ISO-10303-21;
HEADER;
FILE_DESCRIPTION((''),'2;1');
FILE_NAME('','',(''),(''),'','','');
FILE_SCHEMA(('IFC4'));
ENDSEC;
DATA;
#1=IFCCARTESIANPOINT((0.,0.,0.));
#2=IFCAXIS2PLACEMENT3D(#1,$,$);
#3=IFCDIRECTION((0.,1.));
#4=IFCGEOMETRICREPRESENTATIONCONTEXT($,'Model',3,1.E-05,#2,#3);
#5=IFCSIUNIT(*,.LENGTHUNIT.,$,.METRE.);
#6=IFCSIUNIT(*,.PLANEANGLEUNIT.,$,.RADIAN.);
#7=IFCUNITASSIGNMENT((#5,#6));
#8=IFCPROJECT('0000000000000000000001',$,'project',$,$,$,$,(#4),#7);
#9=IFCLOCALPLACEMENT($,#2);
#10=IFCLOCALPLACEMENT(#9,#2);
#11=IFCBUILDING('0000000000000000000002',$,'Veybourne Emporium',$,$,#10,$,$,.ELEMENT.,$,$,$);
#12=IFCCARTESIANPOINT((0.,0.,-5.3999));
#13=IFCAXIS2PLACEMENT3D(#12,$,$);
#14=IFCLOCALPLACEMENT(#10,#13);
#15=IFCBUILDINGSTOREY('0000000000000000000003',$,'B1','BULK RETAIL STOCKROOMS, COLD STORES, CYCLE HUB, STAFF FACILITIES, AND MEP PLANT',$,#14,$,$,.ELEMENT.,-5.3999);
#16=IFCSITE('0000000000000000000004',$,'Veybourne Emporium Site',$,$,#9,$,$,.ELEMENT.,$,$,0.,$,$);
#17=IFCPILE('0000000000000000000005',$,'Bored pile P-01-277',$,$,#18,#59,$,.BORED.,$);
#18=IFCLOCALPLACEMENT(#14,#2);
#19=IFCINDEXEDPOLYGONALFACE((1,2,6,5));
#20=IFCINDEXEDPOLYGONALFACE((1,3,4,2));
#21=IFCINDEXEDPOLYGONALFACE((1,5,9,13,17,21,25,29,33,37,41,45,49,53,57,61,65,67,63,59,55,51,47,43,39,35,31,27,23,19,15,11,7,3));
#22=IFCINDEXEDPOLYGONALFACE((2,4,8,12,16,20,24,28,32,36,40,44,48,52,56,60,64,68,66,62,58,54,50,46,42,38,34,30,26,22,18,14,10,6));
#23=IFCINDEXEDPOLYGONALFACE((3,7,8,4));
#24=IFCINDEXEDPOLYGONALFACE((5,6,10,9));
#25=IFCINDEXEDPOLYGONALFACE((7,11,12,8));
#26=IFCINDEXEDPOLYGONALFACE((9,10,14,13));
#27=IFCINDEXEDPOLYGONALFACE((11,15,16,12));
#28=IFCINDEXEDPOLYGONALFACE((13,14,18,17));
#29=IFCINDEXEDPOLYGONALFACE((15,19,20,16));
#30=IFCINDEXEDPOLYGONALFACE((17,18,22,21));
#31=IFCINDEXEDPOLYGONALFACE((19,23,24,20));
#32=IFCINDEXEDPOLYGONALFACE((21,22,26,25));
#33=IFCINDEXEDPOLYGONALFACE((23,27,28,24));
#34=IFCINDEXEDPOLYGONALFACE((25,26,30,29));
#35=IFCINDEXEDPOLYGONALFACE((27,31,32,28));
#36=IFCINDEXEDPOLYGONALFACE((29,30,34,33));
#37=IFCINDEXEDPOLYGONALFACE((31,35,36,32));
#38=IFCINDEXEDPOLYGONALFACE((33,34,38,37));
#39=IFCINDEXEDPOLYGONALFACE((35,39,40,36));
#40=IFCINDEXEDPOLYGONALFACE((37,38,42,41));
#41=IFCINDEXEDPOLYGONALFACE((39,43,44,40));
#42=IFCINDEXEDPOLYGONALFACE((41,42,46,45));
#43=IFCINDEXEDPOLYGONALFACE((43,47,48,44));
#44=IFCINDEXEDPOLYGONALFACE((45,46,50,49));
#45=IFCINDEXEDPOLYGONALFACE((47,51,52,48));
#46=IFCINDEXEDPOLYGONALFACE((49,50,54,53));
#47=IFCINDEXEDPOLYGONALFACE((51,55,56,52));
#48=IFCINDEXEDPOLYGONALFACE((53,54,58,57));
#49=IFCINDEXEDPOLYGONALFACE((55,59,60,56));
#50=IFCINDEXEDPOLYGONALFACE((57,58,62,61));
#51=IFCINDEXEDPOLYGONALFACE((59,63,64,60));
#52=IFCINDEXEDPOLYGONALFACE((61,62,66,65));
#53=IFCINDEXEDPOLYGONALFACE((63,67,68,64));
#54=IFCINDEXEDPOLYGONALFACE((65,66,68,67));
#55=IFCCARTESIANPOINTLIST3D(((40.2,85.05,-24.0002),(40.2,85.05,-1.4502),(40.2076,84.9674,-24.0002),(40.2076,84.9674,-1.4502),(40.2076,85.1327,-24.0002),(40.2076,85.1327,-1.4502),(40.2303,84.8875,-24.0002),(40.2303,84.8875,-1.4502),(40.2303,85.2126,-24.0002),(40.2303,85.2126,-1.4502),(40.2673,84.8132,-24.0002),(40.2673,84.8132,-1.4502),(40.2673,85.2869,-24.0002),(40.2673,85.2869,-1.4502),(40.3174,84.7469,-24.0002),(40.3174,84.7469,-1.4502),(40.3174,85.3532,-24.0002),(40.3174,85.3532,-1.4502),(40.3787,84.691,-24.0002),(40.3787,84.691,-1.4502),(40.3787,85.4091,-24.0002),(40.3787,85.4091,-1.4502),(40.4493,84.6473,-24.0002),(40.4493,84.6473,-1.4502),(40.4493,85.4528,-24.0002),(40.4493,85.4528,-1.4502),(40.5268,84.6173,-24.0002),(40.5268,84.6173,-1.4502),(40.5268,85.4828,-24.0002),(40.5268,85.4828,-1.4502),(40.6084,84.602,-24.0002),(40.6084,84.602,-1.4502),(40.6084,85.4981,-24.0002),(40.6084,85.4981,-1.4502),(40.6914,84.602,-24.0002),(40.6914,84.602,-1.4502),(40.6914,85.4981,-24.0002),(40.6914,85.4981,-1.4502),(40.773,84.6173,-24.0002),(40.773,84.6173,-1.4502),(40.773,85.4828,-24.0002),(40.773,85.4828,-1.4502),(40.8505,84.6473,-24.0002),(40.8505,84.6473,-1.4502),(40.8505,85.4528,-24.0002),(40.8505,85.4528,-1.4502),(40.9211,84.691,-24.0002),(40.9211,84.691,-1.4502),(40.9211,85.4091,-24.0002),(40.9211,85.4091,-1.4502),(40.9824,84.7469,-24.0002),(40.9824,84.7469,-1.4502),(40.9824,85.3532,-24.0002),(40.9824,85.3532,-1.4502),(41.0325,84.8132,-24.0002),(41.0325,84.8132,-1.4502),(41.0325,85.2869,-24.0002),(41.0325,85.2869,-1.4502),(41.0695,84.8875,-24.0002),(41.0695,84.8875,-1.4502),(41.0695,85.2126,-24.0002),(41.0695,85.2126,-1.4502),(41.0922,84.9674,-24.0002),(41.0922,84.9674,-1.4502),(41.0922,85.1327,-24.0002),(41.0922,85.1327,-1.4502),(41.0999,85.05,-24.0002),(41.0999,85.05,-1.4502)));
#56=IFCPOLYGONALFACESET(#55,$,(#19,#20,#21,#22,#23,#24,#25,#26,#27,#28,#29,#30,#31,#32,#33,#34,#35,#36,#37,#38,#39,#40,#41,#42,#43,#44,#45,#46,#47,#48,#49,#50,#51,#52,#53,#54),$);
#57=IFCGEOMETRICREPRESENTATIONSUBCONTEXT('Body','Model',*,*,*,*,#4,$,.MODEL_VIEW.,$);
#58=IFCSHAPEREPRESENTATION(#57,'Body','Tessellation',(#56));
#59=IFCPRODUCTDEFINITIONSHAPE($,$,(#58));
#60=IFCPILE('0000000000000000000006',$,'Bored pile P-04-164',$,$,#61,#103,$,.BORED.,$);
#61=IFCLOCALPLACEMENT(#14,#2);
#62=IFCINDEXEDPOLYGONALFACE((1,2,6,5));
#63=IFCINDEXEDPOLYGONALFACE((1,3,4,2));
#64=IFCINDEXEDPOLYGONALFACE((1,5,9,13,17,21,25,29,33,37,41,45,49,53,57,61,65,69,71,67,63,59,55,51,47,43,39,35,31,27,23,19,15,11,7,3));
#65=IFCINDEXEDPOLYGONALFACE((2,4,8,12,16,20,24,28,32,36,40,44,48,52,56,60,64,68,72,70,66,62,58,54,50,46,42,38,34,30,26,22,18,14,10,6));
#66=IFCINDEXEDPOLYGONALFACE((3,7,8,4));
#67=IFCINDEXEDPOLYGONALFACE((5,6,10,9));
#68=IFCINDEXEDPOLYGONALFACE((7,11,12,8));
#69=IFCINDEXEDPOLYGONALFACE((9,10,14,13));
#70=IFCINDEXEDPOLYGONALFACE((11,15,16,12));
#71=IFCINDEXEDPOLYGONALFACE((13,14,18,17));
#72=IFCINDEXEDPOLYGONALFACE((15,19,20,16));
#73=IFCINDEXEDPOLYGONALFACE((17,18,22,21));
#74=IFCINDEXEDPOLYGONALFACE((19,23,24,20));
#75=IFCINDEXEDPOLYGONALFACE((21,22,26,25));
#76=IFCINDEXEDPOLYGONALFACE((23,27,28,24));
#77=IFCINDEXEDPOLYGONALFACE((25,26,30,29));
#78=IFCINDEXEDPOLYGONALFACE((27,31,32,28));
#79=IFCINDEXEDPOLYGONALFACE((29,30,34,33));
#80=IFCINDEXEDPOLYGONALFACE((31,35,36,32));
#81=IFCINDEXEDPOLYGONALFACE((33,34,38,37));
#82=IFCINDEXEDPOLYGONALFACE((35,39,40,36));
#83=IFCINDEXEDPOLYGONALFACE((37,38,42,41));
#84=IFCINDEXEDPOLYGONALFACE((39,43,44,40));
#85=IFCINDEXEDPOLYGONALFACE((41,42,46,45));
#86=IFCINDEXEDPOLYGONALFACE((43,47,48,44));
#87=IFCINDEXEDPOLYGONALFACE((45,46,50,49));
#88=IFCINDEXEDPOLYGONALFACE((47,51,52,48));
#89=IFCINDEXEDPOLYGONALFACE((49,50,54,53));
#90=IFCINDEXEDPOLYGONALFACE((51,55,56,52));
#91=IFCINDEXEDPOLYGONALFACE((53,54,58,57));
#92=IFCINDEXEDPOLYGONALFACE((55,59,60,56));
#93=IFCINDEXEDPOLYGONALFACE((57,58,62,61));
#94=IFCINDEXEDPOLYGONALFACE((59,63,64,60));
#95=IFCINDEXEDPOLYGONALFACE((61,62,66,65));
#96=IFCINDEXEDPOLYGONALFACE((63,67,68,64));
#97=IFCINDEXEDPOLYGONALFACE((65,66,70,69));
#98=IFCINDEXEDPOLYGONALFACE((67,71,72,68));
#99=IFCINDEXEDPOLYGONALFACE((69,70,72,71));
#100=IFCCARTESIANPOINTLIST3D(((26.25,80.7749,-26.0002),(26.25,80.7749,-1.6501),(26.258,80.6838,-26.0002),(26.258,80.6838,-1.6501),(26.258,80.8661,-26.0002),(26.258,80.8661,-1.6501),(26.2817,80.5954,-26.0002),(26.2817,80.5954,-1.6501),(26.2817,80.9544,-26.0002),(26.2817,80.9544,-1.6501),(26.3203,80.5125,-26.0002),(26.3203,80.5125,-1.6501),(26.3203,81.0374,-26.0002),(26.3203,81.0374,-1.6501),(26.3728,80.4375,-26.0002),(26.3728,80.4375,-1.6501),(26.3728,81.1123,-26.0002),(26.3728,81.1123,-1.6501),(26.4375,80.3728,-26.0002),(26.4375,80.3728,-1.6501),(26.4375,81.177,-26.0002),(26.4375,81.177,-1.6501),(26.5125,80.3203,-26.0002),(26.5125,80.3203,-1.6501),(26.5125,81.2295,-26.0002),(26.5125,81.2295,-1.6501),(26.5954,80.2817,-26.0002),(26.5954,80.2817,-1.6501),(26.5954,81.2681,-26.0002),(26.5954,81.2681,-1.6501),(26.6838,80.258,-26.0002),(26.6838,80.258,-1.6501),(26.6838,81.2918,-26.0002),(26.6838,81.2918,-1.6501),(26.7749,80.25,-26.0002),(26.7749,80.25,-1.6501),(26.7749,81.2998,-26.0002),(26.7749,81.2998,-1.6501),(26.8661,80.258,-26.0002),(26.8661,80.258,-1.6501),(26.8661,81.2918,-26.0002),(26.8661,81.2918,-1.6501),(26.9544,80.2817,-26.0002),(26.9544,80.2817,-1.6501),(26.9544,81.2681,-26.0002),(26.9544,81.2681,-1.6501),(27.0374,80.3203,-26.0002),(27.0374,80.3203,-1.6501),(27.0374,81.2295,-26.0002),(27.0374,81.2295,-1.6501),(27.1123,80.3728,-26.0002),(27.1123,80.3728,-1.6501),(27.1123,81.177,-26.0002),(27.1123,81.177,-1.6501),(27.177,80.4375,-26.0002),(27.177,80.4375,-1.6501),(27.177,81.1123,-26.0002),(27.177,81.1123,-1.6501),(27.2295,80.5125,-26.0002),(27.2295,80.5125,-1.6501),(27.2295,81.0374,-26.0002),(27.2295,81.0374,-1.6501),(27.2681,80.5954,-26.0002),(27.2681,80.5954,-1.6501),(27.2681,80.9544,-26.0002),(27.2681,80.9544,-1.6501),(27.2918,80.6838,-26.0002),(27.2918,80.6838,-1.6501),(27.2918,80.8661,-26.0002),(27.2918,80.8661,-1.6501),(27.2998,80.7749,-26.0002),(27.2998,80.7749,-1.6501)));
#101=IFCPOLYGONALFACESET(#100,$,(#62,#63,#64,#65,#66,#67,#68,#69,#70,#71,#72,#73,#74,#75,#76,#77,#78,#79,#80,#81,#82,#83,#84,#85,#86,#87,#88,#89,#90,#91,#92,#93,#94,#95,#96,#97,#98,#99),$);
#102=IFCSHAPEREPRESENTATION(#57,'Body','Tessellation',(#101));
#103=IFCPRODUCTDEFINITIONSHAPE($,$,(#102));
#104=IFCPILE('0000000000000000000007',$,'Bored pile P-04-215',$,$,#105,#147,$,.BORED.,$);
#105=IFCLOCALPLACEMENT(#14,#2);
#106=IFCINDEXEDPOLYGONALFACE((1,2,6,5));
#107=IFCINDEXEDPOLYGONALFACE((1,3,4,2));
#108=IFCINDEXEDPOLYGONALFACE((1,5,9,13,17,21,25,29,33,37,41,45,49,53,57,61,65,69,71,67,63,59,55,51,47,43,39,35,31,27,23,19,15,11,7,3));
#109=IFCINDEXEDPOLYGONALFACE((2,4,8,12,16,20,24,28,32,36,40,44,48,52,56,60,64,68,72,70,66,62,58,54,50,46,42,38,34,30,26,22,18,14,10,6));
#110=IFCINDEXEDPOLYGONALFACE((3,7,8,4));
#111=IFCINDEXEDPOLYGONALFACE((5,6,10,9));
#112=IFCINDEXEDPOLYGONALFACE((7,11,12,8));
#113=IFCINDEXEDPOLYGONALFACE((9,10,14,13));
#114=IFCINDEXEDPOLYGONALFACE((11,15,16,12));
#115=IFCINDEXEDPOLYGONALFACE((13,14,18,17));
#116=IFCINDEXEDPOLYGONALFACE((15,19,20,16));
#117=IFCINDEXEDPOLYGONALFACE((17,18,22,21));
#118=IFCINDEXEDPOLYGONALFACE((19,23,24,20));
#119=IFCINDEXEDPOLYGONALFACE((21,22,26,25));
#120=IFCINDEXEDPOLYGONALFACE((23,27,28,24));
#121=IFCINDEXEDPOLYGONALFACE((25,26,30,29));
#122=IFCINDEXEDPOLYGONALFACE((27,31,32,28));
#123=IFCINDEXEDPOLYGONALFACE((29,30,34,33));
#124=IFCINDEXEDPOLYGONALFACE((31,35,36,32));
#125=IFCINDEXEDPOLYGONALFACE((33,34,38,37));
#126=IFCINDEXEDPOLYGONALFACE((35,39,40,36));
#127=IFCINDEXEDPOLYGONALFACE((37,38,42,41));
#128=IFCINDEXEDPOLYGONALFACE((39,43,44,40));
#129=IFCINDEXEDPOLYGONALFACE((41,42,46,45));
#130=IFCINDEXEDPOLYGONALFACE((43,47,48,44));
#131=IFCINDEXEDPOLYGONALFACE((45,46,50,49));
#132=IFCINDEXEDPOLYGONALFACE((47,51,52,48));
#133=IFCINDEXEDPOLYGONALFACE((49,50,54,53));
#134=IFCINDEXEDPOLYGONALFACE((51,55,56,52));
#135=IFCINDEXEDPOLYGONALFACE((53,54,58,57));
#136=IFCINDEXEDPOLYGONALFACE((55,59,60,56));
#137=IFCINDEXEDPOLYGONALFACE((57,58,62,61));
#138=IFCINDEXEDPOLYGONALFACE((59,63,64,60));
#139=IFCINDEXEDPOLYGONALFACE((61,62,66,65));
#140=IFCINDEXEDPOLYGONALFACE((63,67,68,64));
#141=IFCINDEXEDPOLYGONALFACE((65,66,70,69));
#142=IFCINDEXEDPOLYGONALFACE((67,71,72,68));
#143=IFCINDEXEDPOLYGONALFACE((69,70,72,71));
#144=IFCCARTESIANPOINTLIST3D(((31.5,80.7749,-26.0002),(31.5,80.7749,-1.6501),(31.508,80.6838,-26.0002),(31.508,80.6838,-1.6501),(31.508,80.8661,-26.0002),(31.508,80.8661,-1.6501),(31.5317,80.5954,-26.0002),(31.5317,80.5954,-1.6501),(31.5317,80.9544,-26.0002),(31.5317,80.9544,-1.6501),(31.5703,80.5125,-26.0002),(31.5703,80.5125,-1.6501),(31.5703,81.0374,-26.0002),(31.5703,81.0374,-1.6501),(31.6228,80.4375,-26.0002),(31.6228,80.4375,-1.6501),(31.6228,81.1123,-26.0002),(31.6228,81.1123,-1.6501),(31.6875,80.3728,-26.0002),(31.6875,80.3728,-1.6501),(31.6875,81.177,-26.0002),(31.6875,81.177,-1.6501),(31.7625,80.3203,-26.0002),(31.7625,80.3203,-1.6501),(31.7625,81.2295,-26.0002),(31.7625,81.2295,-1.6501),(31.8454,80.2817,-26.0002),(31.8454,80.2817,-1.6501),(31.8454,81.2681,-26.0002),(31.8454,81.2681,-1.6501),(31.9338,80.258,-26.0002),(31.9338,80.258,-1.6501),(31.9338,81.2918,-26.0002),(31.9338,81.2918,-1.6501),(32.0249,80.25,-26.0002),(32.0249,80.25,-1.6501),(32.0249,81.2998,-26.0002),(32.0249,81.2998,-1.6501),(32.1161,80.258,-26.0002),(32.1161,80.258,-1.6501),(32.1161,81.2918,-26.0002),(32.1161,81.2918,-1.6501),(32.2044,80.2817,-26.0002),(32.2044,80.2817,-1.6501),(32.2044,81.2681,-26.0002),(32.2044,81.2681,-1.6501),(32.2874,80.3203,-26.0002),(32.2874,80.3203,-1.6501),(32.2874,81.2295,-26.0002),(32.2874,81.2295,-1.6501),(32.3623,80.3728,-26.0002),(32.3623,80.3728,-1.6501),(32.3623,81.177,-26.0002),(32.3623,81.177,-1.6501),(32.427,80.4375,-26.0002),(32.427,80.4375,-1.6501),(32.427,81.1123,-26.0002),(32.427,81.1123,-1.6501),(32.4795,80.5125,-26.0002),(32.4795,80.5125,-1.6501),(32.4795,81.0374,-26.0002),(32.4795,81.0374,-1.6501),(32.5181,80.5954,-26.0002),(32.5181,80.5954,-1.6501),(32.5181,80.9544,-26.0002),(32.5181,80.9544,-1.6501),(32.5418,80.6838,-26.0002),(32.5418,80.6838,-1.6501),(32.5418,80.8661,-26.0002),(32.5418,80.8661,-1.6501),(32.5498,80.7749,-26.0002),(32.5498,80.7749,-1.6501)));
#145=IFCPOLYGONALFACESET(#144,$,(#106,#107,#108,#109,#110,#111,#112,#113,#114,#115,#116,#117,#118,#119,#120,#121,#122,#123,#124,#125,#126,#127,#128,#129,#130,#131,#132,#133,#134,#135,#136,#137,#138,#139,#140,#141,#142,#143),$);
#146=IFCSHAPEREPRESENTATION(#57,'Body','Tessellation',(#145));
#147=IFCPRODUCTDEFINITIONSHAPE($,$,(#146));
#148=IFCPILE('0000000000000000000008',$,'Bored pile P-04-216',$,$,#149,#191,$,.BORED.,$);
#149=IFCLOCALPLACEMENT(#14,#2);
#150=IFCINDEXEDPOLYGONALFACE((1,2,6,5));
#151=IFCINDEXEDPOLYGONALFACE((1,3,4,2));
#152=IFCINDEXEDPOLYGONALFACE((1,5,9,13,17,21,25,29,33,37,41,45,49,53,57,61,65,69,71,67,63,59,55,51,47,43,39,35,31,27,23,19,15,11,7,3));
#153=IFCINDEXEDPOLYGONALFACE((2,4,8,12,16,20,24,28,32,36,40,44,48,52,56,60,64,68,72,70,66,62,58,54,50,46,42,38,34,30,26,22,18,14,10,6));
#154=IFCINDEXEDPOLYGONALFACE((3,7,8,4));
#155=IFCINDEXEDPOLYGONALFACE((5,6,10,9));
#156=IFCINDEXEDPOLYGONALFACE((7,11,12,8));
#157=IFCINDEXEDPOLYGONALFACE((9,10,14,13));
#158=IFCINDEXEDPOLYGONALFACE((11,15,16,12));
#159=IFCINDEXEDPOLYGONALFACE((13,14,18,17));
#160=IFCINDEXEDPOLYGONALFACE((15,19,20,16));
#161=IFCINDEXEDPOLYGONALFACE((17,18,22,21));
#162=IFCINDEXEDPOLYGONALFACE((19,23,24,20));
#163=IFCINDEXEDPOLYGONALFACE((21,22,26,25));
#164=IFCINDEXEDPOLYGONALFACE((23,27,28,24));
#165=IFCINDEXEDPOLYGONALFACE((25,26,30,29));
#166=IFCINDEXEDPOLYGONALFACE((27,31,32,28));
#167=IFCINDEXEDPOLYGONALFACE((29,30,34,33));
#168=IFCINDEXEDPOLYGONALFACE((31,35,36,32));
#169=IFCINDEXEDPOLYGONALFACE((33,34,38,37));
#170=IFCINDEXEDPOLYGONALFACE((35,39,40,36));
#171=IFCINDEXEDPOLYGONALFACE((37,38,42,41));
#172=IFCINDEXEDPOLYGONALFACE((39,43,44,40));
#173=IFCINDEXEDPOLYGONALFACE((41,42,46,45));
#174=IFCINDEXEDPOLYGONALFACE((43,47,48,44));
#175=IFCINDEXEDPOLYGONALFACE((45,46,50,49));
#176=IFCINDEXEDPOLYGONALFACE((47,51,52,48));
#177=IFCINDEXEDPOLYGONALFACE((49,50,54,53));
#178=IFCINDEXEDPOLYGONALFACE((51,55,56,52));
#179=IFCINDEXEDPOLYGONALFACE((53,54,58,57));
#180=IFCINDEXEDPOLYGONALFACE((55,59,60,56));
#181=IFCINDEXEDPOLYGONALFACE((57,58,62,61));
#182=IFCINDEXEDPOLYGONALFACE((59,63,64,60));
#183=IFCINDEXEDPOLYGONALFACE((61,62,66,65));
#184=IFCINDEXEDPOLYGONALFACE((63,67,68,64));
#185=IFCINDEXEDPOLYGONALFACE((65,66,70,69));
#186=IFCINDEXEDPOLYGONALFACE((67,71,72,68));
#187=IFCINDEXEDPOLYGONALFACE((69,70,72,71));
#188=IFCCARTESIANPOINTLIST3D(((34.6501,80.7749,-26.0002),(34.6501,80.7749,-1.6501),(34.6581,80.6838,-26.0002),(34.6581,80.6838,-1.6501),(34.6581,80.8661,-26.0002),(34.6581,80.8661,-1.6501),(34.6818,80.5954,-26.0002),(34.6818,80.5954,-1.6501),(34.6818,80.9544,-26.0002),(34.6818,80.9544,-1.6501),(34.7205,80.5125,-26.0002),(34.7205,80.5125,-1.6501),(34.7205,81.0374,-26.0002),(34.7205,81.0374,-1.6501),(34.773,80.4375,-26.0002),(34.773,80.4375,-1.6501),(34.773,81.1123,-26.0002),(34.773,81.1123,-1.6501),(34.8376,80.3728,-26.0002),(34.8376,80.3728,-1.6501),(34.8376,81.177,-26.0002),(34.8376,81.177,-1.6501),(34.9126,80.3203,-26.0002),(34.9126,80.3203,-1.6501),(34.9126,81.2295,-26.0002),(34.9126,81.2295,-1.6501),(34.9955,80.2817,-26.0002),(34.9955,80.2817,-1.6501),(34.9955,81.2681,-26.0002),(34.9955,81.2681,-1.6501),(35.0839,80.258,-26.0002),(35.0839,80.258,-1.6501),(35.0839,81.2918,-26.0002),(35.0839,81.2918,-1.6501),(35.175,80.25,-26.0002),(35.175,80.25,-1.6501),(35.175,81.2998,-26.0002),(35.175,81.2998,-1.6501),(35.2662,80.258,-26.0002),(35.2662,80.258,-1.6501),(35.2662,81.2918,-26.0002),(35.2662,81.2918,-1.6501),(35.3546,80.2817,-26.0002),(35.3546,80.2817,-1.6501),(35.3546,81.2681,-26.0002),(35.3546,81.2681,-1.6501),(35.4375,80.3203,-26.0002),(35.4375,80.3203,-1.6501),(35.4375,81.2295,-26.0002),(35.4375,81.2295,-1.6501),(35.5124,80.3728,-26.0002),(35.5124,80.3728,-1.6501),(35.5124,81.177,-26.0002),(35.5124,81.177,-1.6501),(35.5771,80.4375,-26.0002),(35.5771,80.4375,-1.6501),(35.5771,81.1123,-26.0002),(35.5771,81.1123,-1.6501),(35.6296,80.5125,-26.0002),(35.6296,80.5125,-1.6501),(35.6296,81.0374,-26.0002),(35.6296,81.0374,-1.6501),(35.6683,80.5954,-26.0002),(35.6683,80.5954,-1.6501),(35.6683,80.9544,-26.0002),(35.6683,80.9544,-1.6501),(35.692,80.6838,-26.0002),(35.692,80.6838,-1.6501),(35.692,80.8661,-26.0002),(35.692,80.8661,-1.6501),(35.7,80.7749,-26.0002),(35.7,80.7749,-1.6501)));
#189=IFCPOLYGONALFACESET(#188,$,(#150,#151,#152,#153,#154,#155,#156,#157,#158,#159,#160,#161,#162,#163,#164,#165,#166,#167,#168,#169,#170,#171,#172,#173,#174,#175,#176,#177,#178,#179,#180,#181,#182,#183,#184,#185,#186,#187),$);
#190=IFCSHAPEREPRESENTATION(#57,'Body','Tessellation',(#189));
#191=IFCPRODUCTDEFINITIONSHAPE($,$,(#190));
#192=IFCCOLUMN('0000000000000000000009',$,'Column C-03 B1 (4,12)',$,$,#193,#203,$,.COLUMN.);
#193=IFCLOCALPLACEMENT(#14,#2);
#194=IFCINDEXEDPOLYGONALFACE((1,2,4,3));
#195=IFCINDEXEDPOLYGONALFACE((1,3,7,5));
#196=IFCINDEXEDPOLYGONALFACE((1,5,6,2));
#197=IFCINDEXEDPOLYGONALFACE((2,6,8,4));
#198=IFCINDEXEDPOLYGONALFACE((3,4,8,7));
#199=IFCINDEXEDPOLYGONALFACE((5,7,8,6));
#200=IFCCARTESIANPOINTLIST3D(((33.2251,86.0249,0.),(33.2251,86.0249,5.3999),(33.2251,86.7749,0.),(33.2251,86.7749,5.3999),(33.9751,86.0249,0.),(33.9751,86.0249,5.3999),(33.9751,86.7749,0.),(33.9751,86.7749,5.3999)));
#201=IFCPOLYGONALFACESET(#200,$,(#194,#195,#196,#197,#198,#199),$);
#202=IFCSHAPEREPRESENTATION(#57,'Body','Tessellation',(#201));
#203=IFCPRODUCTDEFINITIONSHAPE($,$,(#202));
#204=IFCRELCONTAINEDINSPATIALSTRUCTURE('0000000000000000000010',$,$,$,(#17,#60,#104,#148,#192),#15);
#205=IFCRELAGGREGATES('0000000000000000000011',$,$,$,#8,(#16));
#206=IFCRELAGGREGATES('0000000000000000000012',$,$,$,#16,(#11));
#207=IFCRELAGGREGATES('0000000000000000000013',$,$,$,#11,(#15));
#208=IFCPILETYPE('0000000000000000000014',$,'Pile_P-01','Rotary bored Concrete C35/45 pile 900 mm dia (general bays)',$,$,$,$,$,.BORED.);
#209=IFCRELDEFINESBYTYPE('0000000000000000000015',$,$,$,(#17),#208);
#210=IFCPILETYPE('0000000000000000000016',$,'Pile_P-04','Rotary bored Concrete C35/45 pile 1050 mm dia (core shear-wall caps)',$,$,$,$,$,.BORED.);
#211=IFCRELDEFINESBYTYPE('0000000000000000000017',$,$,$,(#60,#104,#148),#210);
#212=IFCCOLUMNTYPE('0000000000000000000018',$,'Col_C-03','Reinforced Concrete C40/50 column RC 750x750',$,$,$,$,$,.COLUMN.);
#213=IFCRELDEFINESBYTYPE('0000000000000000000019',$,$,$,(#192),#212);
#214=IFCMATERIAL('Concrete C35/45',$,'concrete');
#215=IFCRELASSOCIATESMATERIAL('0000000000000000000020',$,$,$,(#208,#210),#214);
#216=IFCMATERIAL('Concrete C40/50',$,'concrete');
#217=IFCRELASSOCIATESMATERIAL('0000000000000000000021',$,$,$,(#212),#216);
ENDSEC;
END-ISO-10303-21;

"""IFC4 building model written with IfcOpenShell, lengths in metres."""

from ifc_helpers import new_model, si_unit, direction, frame, origin, origin_2d, place, context, subcontext, project, spatial, rectangle, circle, extrude, material, material_profile, profile_set, type_object, element, save


model = new_model("IFC4")

# Units and contexts
model_context = context("Model", 3, precision=1e-05, world=origin(), true_north=direction((0.0, 1.0)))
body_context = subcontext(model_context, "Body", "Model", "MODEL_VIEW")
ifc_project = project(units=[si_unit("LENGTHUNIT", "METRE"), si_unit("PLANEANGLEUNIT", "RADIAN")], contexts=[model_context])

# Site, building, storey
site_placement = place(None, origin())
site = spatial("IfcSite", under=ifc_project, at=site_placement, Name="Veybourne Emporium Site", CompositionType="ELEMENT", RefElevation=0.0)
building_placement = place(site_placement, origin())
building = spatial("IfcBuilding", under=site, at=building_placement, Name="Veybourne Emporium", CompositionType="ELEMENT")
storey_placement = place(building_placement, frame((0.0, 0.0, -5.3999)))
storey = spatial("IfcBuildingStorey", under=building, at=storey_placement, Name="B1", Description="BULK RETAIL STOCKROOMS, COLD STORES, CYCLE HUB, STAFF FACILITIES, AND MEP PLANT", CompositionType="ELEMENT", Elevation=-5.3999)

# Shared definitions
ifc_material_1 = material(Name="Concrete C35/45", Category="concrete")

# Piles
ifc_material_profile_1 = material_profile(ifc_material_1, circle(Radius=0.45, at=origin_2d()), Name="BORED PILE 900")
ifc_profile_set_1 = profile_set([ifc_material_profile_1], Name="Concrete C35/45")
pile_type_1 = type_object("IfcPileType", Name="Pile_P-01", Description="Rotary bored Concrete C35/45 pile 900 mm dia (general bays)", PredefinedType="BORED", material=ifc_profile_set_1)
for number, where, z_axis, x_axis, name in (
    (1, (40.6499, 85.05, -1.4502), (0.0, 0.0, -1.0), (1.0, 0.0, 0.0), "Bored pile P-01-277"),
):
    element("IfcPile", number, at=place(storey_placement, frame(where, z_axis=z_axis, x_axis=x_axis)), inside=storey, type_object=pile_type_1, Name=name, PredefinedType="BORED", context=body_context, shape_type="SweptSolid", body=[
        extrude(circle(Radius=0.45, at=origin_2d()), origin(), (0.0, 0.0, 1.0), 22.55),
    ])
ifc_material_profile_2 = material_profile(ifc_material_1, circle(Radius=0.5249, at=origin_2d()), Name="BORED PILE 1050")
ifc_profile_set_2 = profile_set([ifc_material_profile_2], Name="Concrete C35/45")
pile_type_2 = type_object("IfcPileType", Name="Pile_P-04", Description="Rotary bored Concrete C35/45 pile 1050 mm dia (core shear-wall caps)", PredefinedType="BORED", material=ifc_profile_set_2)
for number, where, z_axis, x_axis, name in (
    (2, (26.7749, 80.7749, -1.6501), (0.0, 0.0, -1.0), (1.0, 0.0, 0.0), "Bored pile P-04-164"),
    (3, (32.0249, 80.7749, -1.6501), (0.0, 0.0, -1.0), (1.0, 0.0, 0.0), "Bored pile P-04-215"),
    (4, (35.175, 80.7749, -1.6501), (0.0, 0.0, -1.0), (1.0, 0.0, 0.0), "Bored pile P-04-216"),
):
    element("IfcPile", number, at=place(storey_placement, frame(where, z_axis=z_axis, x_axis=x_axis)), inside=storey, type_object=pile_type_2, Name=name, PredefinedType="BORED", context=body_context, shape_type="SweptSolid", body=[
        extrude(circle(Radius=0.5249, at=origin_2d()), origin(), (0.0, 0.0, 1.0), 24.3501),
    ])

# Column
ifc_material_2 = material(Name="Concrete C40/50", Category="concrete")
ifc_material_profile_3 = material_profile(ifc_material_2, rectangle(XDim=0.75, YDim=0.75, at=origin_2d()), Name="RC 750x750")
ifc_profile_set_3 = profile_set([ifc_material_profile_3], Name="Concrete C40/50")
column_type = type_object("IfcColumnType", Name="Col_C-03", Description="Reinforced Concrete C40/50 column RC 750x750", PredefinedType="COLUMN", material=ifc_profile_set_3)
column_placement = place(storey_placement, frame((33.6001, 86.3999, 0.0), z_axis=(0.0, 0.0, 1.0), x_axis=(1.0, 0.0, 0.0)))
element("IfcColumn", 5, at=column_placement, inside=storey, type_object=column_type, Name="Column C-03 B1 (4,12)", PredefinedType="COLUMN", context=body_context, shape_type="SweptSolid", body=[
    extrude(rectangle(XDim=0.75, YDim=0.75, at=origin_2d()), origin(), (0.0, 0.0, 1.0), 5.3999),
])

save(model, "model.ifc")
